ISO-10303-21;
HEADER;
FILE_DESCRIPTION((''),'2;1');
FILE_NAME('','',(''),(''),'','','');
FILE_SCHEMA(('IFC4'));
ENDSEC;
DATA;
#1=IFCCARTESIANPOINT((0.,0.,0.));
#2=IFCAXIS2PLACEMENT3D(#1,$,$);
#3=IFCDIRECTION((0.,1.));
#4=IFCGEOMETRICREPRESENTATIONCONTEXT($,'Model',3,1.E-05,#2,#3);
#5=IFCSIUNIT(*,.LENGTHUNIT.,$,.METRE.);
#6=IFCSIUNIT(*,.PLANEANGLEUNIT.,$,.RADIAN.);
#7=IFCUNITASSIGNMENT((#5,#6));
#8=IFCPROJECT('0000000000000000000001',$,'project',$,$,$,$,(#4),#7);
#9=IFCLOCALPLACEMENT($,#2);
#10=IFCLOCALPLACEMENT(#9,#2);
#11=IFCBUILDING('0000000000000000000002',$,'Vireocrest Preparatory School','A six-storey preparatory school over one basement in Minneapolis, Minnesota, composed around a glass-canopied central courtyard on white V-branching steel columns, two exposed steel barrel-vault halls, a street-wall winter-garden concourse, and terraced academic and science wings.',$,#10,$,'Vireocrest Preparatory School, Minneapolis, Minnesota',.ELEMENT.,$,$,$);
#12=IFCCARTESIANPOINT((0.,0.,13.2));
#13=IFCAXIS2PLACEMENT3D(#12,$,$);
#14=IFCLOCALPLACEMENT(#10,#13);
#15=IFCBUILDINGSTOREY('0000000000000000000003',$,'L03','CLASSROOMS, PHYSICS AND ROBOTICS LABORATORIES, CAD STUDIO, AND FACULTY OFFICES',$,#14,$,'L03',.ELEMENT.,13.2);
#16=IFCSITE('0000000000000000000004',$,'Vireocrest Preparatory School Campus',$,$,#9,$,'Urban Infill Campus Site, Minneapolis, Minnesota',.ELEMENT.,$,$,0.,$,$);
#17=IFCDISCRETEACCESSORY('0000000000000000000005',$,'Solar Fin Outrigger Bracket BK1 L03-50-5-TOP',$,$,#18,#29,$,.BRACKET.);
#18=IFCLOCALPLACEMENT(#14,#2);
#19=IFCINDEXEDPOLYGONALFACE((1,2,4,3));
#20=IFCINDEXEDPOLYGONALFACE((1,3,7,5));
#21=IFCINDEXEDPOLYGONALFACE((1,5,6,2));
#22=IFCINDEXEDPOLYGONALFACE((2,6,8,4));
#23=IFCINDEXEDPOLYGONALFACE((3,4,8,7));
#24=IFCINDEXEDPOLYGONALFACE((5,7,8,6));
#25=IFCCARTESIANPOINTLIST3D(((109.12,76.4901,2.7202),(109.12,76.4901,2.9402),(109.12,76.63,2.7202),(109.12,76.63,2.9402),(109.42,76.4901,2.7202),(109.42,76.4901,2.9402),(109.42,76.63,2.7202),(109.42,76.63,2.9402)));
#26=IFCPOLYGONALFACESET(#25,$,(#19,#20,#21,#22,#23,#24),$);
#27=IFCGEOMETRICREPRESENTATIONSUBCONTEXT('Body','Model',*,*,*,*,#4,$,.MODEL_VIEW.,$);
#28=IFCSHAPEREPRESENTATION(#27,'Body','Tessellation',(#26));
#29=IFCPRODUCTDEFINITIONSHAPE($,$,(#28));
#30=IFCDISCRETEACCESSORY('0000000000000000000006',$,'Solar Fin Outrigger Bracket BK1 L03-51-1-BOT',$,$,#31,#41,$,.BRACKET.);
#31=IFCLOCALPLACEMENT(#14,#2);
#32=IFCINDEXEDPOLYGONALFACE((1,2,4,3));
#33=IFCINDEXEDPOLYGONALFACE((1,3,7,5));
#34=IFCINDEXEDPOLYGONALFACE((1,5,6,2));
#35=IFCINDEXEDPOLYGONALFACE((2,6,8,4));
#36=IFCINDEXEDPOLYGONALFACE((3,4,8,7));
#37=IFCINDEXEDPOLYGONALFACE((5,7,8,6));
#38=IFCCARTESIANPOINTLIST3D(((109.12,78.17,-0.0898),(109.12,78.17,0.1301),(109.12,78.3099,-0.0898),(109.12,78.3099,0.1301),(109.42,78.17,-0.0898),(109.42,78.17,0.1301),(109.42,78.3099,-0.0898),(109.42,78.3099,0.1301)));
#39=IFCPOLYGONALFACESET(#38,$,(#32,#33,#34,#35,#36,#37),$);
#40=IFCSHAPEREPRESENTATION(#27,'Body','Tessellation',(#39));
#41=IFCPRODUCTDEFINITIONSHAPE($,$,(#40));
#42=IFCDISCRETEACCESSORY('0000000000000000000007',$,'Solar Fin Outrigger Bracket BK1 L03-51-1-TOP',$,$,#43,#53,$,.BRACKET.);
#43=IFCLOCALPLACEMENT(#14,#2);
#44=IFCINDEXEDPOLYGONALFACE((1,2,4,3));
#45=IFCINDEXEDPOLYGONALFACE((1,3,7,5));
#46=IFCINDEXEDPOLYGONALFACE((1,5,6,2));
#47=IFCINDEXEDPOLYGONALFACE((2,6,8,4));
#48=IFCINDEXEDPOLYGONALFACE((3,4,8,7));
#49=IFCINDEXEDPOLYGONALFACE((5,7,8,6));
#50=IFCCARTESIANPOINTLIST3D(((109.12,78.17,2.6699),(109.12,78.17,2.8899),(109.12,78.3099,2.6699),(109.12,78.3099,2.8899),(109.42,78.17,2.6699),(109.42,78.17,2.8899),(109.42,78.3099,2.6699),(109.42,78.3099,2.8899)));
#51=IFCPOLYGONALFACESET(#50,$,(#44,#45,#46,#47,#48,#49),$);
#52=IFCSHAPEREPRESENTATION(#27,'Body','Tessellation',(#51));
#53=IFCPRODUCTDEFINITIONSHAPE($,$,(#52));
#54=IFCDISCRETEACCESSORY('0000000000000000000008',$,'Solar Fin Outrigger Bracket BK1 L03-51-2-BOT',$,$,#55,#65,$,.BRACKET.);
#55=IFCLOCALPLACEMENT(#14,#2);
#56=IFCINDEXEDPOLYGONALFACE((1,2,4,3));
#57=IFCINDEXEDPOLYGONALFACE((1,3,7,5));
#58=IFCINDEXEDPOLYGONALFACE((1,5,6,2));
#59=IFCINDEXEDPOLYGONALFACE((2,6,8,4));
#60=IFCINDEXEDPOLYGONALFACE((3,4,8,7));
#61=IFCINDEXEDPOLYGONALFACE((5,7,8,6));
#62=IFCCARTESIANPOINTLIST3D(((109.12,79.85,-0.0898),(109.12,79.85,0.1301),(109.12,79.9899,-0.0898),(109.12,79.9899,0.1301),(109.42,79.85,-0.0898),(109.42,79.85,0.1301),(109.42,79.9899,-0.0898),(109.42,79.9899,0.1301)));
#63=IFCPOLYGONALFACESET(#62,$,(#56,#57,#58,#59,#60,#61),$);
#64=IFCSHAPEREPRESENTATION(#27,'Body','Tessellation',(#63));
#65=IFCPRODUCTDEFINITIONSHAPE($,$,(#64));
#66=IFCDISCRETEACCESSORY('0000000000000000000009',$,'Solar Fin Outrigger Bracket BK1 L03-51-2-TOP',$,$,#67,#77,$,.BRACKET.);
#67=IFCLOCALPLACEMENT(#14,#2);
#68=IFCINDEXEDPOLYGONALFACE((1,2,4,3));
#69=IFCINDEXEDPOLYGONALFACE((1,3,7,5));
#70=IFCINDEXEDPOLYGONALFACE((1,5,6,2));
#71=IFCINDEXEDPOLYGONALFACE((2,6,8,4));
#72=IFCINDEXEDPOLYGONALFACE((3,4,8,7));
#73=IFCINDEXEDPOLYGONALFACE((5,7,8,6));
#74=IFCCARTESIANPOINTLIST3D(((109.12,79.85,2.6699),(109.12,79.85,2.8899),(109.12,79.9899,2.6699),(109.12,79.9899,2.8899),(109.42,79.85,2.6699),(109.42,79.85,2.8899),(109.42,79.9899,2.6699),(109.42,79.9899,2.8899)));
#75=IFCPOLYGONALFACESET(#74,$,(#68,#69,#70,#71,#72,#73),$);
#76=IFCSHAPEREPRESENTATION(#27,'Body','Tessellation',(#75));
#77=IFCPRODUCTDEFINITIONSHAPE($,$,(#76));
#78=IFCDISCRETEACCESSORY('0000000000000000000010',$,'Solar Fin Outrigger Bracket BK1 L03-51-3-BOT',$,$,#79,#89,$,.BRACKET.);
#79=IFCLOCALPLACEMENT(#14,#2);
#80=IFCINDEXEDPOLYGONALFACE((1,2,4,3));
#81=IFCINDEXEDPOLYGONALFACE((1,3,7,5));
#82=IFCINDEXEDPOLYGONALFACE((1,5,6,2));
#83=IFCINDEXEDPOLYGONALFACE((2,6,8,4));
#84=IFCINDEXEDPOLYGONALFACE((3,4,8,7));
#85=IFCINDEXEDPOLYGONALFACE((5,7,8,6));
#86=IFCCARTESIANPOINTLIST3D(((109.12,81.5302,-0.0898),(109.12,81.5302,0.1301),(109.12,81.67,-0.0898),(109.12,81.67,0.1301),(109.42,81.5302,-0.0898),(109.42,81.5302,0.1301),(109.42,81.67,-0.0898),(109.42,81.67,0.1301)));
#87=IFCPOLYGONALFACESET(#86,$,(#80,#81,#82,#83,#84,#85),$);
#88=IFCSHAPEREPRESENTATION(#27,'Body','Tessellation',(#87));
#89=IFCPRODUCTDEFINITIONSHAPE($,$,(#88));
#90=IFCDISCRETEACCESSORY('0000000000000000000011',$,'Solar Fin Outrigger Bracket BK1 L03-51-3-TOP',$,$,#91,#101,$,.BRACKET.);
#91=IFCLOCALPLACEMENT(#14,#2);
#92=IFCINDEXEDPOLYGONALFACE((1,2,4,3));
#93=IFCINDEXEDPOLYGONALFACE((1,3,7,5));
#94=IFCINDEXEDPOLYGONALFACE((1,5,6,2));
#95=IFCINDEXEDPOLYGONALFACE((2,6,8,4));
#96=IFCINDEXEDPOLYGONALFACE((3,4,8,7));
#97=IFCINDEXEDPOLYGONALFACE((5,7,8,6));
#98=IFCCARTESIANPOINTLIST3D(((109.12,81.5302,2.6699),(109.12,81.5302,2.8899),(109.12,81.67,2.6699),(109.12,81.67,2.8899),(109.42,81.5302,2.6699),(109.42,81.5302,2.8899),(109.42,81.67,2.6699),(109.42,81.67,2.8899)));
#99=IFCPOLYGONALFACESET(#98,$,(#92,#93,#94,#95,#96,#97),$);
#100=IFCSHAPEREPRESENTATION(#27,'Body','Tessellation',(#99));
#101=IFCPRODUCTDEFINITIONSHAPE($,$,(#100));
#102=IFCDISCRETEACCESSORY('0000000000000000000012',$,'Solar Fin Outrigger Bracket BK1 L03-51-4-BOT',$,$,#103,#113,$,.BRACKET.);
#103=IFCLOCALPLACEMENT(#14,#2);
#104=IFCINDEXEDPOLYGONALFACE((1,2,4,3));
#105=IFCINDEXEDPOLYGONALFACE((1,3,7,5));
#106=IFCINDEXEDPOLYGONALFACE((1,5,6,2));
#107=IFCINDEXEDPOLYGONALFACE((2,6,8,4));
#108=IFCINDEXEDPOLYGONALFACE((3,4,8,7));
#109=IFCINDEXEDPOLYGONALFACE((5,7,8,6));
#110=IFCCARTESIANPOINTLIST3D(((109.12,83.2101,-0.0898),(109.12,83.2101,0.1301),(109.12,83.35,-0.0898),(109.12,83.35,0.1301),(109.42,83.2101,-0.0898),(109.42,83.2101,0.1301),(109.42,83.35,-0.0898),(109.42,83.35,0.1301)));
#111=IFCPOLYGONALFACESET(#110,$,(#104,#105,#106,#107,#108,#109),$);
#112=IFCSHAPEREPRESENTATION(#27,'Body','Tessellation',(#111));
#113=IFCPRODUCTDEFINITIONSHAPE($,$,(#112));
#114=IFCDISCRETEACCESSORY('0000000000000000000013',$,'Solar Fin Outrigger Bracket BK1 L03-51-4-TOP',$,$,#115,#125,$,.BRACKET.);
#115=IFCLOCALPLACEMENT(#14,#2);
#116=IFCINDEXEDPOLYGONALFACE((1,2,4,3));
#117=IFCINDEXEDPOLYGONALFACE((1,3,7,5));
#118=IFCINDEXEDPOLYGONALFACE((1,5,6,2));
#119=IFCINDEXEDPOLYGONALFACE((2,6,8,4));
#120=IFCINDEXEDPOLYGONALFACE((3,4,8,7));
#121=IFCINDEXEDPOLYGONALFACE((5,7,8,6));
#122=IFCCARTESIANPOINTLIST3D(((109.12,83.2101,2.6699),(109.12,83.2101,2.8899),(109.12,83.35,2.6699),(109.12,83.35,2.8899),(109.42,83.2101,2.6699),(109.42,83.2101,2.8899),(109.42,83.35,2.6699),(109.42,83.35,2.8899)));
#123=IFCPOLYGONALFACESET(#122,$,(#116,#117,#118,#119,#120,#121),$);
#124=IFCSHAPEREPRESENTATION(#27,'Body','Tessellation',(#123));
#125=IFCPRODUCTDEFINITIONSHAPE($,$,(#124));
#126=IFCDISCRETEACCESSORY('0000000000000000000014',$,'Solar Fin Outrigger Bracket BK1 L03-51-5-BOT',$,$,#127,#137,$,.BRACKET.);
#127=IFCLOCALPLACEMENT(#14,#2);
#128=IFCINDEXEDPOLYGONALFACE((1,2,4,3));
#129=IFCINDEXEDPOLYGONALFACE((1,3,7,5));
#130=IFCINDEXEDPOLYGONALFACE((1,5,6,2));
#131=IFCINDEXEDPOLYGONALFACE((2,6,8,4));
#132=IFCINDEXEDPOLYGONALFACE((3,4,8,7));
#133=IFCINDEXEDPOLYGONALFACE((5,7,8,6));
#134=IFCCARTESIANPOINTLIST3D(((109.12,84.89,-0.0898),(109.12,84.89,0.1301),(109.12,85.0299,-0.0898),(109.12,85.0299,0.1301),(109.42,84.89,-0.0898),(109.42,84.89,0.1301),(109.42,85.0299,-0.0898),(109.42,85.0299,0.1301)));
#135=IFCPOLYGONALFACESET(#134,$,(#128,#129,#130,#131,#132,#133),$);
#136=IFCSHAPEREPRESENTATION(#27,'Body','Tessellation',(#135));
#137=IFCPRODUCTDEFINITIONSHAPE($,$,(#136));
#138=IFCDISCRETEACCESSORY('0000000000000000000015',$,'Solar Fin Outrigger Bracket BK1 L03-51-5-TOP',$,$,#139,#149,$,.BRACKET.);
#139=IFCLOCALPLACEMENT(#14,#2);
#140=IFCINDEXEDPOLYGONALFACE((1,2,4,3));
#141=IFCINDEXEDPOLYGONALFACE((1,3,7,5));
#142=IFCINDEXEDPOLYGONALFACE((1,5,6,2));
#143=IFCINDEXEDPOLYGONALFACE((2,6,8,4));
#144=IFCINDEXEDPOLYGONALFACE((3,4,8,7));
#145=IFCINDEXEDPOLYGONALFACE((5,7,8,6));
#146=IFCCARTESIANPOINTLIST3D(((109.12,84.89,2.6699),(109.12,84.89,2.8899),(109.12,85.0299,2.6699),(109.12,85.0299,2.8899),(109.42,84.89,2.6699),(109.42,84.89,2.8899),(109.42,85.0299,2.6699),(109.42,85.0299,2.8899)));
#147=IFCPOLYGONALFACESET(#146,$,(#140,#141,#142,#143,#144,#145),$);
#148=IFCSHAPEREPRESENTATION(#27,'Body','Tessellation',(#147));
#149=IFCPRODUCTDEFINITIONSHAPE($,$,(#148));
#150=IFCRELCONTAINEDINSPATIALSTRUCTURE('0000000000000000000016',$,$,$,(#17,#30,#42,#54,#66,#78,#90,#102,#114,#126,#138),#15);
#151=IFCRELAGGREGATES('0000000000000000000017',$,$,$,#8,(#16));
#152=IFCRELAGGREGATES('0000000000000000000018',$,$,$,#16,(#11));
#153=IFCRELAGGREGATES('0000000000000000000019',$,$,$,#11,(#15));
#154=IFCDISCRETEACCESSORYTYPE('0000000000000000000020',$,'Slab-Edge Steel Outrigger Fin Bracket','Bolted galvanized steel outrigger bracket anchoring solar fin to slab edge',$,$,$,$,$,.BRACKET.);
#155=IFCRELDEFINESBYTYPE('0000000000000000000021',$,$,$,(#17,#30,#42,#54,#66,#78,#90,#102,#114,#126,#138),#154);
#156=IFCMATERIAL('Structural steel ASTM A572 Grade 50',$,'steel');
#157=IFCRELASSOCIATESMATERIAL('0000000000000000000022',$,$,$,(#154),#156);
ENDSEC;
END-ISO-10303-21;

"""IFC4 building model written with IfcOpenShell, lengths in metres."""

from ifc_helpers import new_model, si_unit, direction, frame, origin, origin_2d, place, context, subcontext, project, spatial, rectangle, extrude, material, type_object, element, save


model = new_model("IFC4")

# Units and contexts
model_context = context("Model", 3, precision=1e-05, world=origin(), true_north=direction((0.0, 1.0)))
body_context = subcontext(model_context, "Body", "Model", "MODEL_VIEW")
ifc_project = project(units=[si_unit("LENGTHUNIT", "METRE"), si_unit("PLANEANGLEUNIT", "RADIAN")], contexts=[model_context])

# Site, building, storey
site_placement = place(None, origin())
site = spatial("IfcSite", under=ifc_project, at=site_placement, Name="Vireocrest Preparatory School Campus", LongName="Urban Infill Campus Site, Minneapolis, Minnesota", CompositionType="ELEMENT", RefElevation=0.0)
building_placement = place(site_placement, origin())
building = spatial("IfcBuilding", under=site, at=building_placement, Name="Vireocrest Preparatory School", Description="A six-storey preparatory school over one basement in Minneapolis, Minnesota, composed around a glass-canopied central courtyard on white V-branching steel columns, two exposed steel barrel-vault halls, a street-wall winter-garden concourse, and terraced academic and science wings.", LongName="Vireocrest Preparatory School, Minneapolis, Minnesota", CompositionType="ELEMENT")
storey_placement = place(building_placement, frame((0.0, 0.0, 13.2)))
storey = spatial("IfcBuildingStorey", under=building, at=storey_placement, Name="L03", Description="CLASSROOMS, PHYSICS AND ROBOTICS LABORATORIES, CAD STUDIO, AND FACULTY OFFICES", LongName="L03", CompositionType="ELEMENT", Elevation=13.2)

# Discrete accessories
ifc_material_1 = material(Name="Structural steel ASTM A572 Grade 50", Category="steel")
discrete_accessory_type = type_object("IfcDiscreteAccessoryType", Name="Slab-Edge Steel Outrigger Fin Bracket", Description="Bolted galvanized steel outrigger bracket anchoring solar fin to slab edge", PredefinedType="BRACKET", material=ifc_material_1)
for number, where, z_axis, x_axis, name in (
    (1, (109.27, 76.5601, 2.7202), (0.0, 0.0, 1.0), (0.0, -1.0, 0.0), "Solar Fin Outrigger Bracket BK1 L03-50-5-TOP"),
    (2, (109.27, 78.24, -0.0898), (0.0, 0.0, 1.0), (0.0, -1.0, 0.0), "Solar Fin Outrigger Bracket BK1 L03-51-1-BOT"),
    (3, (109.27, 78.24, 2.6699), (0.0, 0.0, 1.0), (0.0, -1.0, 0.0), "Solar Fin Outrigger Bracket BK1 L03-51-1-TOP"),
    (4, (109.27, 79.9199, -0.0898), (0.0, 0.0, 1.0), (0.0, -1.0, 0.0), "Solar Fin Outrigger Bracket BK1 L03-51-2-BOT"),
    (5, (109.27, 79.9199, 2.6699), (0.0, 0.0, 1.0), (0.0, -1.0, 0.0), "Solar Fin Outrigger Bracket BK1 L03-51-2-TOP"),
    (6, (109.27, 81.6001, -0.0898), (0.0, 0.0, 1.0), (0.0, -1.0, 0.0), "Solar Fin Outrigger Bracket BK1 L03-51-3-BOT"),
    (7, (109.27, 81.6001, 2.6699), (0.0, 0.0, 1.0), (0.0, -1.0, 0.0), "Solar Fin Outrigger Bracket BK1 L03-51-3-TOP"),
    (8, (109.27, 83.28, -0.0898), (0.0, 0.0, 1.0), (0.0, -1.0, 0.0), "Solar Fin Outrigger Bracket BK1 L03-51-4-BOT"),
    (9, (109.27, 83.28, 2.6699), (0.0, 0.0, 1.0), (0.0, -1.0, 0.0), "Solar Fin Outrigger Bracket BK1 L03-51-4-TOP"),
    (10, (109.27, 84.96, -0.0898), (0.0, 0.0, 1.0), (0.0, -1.0, 0.0), "Solar Fin Outrigger Bracket BK1 L03-51-5-BOT"),
    (11, (109.27, 84.96, 2.6699), (0.0, 0.0, 1.0), (0.0, -1.0, 0.0), "Solar Fin Outrigger Bracket BK1 L03-51-5-TOP"),
):
    element("IfcDiscreteAccessory", number, at=place(storey_placement, frame(where, z_axis=z_axis, x_axis=x_axis)), inside=storey, type_object=discrete_accessory_type, Name=name, PredefinedType="BRACKET", context=body_context, shape_type="SweptSolid", body=[
        extrude(rectangle(XDim=0.1399, YDim=0.3, at=origin_2d()), origin(), (0.0, 0.0, 1.0), 0.22),
    ])

save(model, "model.ifc")
